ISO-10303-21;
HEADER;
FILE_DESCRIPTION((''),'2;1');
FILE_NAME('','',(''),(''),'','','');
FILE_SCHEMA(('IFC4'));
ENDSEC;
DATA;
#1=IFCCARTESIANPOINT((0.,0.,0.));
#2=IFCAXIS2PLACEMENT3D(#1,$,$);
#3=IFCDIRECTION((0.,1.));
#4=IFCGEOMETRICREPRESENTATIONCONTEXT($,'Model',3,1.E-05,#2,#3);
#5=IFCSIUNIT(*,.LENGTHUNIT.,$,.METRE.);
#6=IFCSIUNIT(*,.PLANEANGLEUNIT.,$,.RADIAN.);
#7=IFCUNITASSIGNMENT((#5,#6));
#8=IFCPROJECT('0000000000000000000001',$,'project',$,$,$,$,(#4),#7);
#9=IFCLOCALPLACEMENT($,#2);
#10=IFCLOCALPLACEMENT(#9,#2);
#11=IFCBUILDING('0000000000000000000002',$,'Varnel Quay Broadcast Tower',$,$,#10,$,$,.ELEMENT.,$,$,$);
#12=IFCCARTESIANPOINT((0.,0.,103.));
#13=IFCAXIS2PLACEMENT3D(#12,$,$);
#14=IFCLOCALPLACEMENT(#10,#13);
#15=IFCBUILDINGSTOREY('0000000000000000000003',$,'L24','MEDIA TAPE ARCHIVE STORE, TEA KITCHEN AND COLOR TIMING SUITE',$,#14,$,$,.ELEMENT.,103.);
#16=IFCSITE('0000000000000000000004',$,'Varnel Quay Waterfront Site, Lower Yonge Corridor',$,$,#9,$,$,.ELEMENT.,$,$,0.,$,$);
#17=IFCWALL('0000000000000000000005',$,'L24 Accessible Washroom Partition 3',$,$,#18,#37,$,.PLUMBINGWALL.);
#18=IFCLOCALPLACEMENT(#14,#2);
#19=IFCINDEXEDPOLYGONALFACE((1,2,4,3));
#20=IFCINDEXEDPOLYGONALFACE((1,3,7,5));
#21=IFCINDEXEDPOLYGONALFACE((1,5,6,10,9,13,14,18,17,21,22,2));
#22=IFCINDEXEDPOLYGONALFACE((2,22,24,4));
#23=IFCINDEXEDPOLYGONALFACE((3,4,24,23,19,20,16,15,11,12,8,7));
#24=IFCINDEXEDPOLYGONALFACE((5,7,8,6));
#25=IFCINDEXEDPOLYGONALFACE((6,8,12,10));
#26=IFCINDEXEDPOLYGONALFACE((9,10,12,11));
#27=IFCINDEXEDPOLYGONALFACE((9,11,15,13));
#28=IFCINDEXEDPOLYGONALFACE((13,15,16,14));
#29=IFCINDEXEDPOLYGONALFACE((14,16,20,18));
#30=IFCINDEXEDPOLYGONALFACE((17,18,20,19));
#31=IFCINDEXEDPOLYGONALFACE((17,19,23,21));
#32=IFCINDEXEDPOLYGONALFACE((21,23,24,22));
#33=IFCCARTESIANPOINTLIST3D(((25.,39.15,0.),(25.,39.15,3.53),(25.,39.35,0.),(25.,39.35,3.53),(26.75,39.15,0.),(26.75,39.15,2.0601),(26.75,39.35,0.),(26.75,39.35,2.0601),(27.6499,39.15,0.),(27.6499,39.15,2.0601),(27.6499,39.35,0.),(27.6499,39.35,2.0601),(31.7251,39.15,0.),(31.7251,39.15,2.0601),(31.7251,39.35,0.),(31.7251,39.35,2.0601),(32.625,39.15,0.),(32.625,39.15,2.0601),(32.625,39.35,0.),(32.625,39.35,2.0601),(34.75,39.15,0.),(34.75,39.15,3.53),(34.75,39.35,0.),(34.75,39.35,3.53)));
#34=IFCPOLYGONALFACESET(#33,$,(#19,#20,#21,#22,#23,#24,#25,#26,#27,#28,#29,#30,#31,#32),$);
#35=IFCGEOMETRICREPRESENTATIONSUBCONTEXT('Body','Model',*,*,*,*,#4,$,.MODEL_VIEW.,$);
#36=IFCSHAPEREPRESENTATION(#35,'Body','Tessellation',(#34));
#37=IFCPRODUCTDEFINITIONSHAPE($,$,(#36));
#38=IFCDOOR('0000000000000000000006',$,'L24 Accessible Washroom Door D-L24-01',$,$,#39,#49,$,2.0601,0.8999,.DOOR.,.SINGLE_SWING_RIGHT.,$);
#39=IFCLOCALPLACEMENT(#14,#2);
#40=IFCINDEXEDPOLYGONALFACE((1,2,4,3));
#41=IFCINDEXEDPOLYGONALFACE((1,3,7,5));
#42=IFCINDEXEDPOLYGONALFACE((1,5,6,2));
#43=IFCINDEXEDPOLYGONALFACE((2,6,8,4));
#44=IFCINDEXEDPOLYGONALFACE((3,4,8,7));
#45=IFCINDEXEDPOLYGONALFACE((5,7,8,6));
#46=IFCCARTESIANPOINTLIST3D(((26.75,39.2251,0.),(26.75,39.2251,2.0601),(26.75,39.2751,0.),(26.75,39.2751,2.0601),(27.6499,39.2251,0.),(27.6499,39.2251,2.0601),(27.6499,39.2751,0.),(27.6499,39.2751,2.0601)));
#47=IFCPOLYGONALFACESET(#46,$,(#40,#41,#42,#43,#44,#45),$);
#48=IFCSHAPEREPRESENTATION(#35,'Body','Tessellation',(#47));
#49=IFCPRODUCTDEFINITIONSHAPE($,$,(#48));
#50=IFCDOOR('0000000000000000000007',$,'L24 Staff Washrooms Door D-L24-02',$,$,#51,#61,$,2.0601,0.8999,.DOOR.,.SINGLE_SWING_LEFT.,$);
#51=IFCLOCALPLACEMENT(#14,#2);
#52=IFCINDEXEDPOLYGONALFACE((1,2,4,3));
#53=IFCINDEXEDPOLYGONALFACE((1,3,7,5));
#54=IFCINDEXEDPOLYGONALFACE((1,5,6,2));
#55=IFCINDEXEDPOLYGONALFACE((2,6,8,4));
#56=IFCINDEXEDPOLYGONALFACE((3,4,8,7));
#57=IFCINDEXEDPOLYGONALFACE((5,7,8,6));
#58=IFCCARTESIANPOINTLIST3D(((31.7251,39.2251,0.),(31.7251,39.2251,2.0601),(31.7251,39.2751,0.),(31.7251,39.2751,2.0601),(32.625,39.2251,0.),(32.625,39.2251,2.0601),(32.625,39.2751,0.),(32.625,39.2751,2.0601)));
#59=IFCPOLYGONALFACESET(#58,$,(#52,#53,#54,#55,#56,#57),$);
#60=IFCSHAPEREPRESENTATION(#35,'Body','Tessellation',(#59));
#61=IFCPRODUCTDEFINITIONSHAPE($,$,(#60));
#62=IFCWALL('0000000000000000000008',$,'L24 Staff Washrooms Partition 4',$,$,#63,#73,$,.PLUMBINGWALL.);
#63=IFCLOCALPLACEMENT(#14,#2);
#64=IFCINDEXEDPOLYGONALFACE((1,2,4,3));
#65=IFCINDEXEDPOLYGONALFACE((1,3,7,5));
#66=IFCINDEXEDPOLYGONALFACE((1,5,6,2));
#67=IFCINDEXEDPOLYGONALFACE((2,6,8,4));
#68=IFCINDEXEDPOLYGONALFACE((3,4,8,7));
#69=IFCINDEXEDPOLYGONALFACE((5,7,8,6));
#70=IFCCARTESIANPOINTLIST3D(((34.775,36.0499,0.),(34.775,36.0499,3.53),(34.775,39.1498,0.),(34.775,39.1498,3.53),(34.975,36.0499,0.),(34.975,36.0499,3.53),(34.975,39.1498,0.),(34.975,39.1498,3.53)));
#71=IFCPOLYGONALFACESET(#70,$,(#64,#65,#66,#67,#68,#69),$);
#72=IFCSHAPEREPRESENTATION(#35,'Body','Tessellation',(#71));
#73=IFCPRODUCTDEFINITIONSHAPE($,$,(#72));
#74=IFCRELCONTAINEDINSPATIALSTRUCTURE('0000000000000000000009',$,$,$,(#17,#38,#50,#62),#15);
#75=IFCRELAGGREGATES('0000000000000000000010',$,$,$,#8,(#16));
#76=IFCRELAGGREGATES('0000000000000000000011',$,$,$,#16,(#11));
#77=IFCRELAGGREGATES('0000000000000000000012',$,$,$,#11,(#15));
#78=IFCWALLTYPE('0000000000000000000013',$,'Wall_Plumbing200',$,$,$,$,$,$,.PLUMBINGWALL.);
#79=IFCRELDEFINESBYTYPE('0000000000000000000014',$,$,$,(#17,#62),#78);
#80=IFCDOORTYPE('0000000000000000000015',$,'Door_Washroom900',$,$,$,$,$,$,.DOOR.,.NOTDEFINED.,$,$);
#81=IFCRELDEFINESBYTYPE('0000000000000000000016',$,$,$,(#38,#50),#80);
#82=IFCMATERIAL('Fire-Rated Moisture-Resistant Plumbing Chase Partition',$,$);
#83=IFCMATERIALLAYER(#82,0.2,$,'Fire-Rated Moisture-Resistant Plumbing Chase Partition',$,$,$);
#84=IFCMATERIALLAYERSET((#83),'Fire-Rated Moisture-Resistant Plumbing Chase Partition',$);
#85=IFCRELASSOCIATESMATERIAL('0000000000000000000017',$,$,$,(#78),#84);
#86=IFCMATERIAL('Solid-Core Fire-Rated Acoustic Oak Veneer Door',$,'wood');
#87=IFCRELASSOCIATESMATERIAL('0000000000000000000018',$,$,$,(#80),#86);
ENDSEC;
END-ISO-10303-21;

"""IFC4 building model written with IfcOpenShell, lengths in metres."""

from ifc_helpers import new_model, si_unit, direction, frame, frame_2d, origin, place, context, subcontext, project, spatial, rectangle, extrude, source, transform, mapped, material, layer, layer_set, type_object, type_shapes, element, fill, save


model = new_model("IFC4")

# Units and contexts
model_context = context("Model", 3, precision=1e-05, world=origin(), true_north=direction((0.0, 1.0)))
body_context = subcontext(model_context, "Body", "Model", "MODEL_VIEW")
ifc_project = project(units=[si_unit("LENGTHUNIT", "METRE"), si_unit("PLANEANGLEUNIT", "RADIAN")], contexts=[model_context])

# Site, building, storey
site_placement = place(None, origin())
site = spatial("IfcSite", under=ifc_project, at=site_placement, Name="Varnel Quay Waterfront Site, Lower Yonge Corridor", CompositionType="ELEMENT", RefElevation=0.0)
building_placement = place(site_placement, origin())
building = spatial("IfcBuilding", under=site, at=building_placement, Name="Varnel Quay Broadcast Tower", CompositionType="ELEMENT")
storey_placement = place(building_placement, frame((0.0, 0.0, 103.0)))
storey = spatial("IfcBuildingStorey", under=building, at=storey_placement, Name="L24", Description="MEDIA TAPE ARCHIVE STORE, TEA KITCHEN AND COLOR TIMING SUITE", CompositionType="ELEMENT", Elevation=103.0)

# Shared definitions
ifc_material_1 = material(Name="Fire-Rated Moisture-Resistant Plumbing Chase Partition")
ifc_layer_1 = layer(ifc_material_1, 0.2, Name="Fire-Rated Moisture-Resistant Plumbing Chase Partition")
ifc_layer_set_1 = layer_set([ifc_layer_1], Name="Fire-Rated Moisture-Resistant Plumbing Chase Partition")
wall_type_1 = type_object("IfcWallType", Name="Wall_Plumbing200", PredefinedType="PLUMBINGWALL", material=ifc_layer_set_1)

# Wall, openings, doors
wall_1_placement = place(storey_placement, frame((25.0, 39.25, 0.0), z_axis=(0.0, 0.0, 1.0), x_axis=(1.0, 0.0, 0.0)))
wall_1 = element("IfcWall", 1, at=wall_1_placement, inside=storey, type_object=wall_type_1, Name="L24 Accessible Washroom Partition 3", PredefinedType="PLUMBINGWALL", context=body_context, shape_type="SweptSolid", body=[
    extrude(rectangle(XDim=9.75, YDim=0.2, at=frame_2d((4.875, 0.0))), origin(), (0.0, 0.0, 1.0), 3.53),
])
opening_1_placement = place(wall_1_placement, frame((1.75, 0.0, 0.0)))
opening_1 = element("IfcOpeningElement", 2, at=opening_1_placement, cuts=wall_1, PredefinedType="OPENING", context=body_context, shape_type="SweptSolid", body=[
    extrude(rectangle(XDim=0.8999, YDim=2.0601, at=frame_2d((0.45, 1.03))), frame((0.0, 0.1099, 0.0), z_axis=(0.0, -1.0, 0.0), x_axis=(1.0, 0.0, 0.0)), (0.0, 0.0, 1.0), 0.22),
])
opening_2_placement = place(wall_1_placement, frame((6.7251, 0.0, 0.0)))
opening_2 = element("IfcOpeningElement", 3, at=opening_2_placement, cuts=wall_1, PredefinedType="OPENING", context=body_context, shape_type="SweptSolid", body=[
    extrude(rectangle(XDim=0.8999, YDim=2.0601, at=frame_2d((0.45, 1.03))), frame((0.0, 0.1099, 0.0), z_axis=(0.0, -1.0, 0.0), x_axis=(1.0, 0.0, 0.0)), (0.0, 0.0, 1.0), 0.22),
])
ifc_material_2 = material(Name="Solid-Core Fire-Rated Acoustic Oak Veneer Door", Category="wood")
door_type_1 = type_object("IfcDoorType", Name="Door_Washroom900", OperationType="NOTDEFINED", PredefinedType="DOOR", material=ifc_material_2)
shared_shape_1 = source(origin(), body_context, "Body", "SweptSolid", [
    extrude(rectangle(XDim=0.8999, YDim=2.0601, at=frame_2d((0.45, 1.03))), frame((0.0, 0.0249, 0.0), z_axis=(0.0, -1.0, 0.0), x_axis=(1.0, 0.0, 0.0)), (0.0, 0.0, 1.0), 0.05),
])
type_shapes(door_type_1, [shared_shape_1])
door_1_placement = place(opening_1_placement, frame((0.8999, 0.0, 0.0), z_axis=(0.0, 0.0, 1.0), x_axis=(-1.0, 0.0, 0.0)))
door_1 = element("IfcDoor", 4, at=door_1_placement, inside=storey, type_object=door_type_1, Name="L24 Accessible Washroom Door D-L24-01", OperationType="SINGLE_SWING_RIGHT", OverallHeight=2.0601, OverallWidth=0.8999, PredefinedType="DOOR", context=body_context, shape_type="MappedRepresentation", body=[
    mapped(shared_shape_1, transform((0.0, 0.0, 0.0), x_axis=(1.0, 0.0, 0.0), y_axis=(0.0, 1.0, 0.0), z_axis=(0.0, 0.0, 1.0), scale=1.0)),
])
fill(opening_1, door_1)
door_2_placement = place(opening_2_placement, frame((0.8999, 0.0, 0.0), z_axis=(0.0, 0.0, 1.0), x_axis=(-1.0, 0.0, 0.0)))
door_2 = element("IfcDoor", 5, at=door_2_placement, inside=storey, type_object=door_type_1, Name="L24 Staff Washrooms Door D-L24-02", OperationType="SINGLE_SWING_LEFT", OverallHeight=2.0601, OverallWidth=0.8999, PredefinedType="DOOR", context=body_context, shape_type="MappedRepresentation", body=[
    mapped(shared_shape_1, transform((0.0, 0.0, 0.0), x_axis=(1.0, 0.0, 0.0), y_axis=(0.0, 1.0, 0.0), z_axis=(0.0, 0.0, 1.0), scale=1.0)),
])
fill(opening_2, door_2)

# Wall
wall_2_placement = place(storey_placement, frame((34.875, 36.05, 0.0), z_axis=(0.0, 0.0, 1.0), x_axis=(0.0, 1.0, 0.0)))
element("IfcWall", 6, at=wall_2_placement, inside=storey, type_object=wall_type_1, Name="L24 Staff Washrooms Partition 4", PredefinedType="PLUMBINGWALL", context=body_context, shape_type="SweptSolid", body=[
    extrude(rectangle(XDim=3.0999, YDim=0.2, at=frame_2d((1.5498, 0.0))), origin(), (0.0, 0.0, 1.0), 3.53),
])

save(model, "model.ifc")
